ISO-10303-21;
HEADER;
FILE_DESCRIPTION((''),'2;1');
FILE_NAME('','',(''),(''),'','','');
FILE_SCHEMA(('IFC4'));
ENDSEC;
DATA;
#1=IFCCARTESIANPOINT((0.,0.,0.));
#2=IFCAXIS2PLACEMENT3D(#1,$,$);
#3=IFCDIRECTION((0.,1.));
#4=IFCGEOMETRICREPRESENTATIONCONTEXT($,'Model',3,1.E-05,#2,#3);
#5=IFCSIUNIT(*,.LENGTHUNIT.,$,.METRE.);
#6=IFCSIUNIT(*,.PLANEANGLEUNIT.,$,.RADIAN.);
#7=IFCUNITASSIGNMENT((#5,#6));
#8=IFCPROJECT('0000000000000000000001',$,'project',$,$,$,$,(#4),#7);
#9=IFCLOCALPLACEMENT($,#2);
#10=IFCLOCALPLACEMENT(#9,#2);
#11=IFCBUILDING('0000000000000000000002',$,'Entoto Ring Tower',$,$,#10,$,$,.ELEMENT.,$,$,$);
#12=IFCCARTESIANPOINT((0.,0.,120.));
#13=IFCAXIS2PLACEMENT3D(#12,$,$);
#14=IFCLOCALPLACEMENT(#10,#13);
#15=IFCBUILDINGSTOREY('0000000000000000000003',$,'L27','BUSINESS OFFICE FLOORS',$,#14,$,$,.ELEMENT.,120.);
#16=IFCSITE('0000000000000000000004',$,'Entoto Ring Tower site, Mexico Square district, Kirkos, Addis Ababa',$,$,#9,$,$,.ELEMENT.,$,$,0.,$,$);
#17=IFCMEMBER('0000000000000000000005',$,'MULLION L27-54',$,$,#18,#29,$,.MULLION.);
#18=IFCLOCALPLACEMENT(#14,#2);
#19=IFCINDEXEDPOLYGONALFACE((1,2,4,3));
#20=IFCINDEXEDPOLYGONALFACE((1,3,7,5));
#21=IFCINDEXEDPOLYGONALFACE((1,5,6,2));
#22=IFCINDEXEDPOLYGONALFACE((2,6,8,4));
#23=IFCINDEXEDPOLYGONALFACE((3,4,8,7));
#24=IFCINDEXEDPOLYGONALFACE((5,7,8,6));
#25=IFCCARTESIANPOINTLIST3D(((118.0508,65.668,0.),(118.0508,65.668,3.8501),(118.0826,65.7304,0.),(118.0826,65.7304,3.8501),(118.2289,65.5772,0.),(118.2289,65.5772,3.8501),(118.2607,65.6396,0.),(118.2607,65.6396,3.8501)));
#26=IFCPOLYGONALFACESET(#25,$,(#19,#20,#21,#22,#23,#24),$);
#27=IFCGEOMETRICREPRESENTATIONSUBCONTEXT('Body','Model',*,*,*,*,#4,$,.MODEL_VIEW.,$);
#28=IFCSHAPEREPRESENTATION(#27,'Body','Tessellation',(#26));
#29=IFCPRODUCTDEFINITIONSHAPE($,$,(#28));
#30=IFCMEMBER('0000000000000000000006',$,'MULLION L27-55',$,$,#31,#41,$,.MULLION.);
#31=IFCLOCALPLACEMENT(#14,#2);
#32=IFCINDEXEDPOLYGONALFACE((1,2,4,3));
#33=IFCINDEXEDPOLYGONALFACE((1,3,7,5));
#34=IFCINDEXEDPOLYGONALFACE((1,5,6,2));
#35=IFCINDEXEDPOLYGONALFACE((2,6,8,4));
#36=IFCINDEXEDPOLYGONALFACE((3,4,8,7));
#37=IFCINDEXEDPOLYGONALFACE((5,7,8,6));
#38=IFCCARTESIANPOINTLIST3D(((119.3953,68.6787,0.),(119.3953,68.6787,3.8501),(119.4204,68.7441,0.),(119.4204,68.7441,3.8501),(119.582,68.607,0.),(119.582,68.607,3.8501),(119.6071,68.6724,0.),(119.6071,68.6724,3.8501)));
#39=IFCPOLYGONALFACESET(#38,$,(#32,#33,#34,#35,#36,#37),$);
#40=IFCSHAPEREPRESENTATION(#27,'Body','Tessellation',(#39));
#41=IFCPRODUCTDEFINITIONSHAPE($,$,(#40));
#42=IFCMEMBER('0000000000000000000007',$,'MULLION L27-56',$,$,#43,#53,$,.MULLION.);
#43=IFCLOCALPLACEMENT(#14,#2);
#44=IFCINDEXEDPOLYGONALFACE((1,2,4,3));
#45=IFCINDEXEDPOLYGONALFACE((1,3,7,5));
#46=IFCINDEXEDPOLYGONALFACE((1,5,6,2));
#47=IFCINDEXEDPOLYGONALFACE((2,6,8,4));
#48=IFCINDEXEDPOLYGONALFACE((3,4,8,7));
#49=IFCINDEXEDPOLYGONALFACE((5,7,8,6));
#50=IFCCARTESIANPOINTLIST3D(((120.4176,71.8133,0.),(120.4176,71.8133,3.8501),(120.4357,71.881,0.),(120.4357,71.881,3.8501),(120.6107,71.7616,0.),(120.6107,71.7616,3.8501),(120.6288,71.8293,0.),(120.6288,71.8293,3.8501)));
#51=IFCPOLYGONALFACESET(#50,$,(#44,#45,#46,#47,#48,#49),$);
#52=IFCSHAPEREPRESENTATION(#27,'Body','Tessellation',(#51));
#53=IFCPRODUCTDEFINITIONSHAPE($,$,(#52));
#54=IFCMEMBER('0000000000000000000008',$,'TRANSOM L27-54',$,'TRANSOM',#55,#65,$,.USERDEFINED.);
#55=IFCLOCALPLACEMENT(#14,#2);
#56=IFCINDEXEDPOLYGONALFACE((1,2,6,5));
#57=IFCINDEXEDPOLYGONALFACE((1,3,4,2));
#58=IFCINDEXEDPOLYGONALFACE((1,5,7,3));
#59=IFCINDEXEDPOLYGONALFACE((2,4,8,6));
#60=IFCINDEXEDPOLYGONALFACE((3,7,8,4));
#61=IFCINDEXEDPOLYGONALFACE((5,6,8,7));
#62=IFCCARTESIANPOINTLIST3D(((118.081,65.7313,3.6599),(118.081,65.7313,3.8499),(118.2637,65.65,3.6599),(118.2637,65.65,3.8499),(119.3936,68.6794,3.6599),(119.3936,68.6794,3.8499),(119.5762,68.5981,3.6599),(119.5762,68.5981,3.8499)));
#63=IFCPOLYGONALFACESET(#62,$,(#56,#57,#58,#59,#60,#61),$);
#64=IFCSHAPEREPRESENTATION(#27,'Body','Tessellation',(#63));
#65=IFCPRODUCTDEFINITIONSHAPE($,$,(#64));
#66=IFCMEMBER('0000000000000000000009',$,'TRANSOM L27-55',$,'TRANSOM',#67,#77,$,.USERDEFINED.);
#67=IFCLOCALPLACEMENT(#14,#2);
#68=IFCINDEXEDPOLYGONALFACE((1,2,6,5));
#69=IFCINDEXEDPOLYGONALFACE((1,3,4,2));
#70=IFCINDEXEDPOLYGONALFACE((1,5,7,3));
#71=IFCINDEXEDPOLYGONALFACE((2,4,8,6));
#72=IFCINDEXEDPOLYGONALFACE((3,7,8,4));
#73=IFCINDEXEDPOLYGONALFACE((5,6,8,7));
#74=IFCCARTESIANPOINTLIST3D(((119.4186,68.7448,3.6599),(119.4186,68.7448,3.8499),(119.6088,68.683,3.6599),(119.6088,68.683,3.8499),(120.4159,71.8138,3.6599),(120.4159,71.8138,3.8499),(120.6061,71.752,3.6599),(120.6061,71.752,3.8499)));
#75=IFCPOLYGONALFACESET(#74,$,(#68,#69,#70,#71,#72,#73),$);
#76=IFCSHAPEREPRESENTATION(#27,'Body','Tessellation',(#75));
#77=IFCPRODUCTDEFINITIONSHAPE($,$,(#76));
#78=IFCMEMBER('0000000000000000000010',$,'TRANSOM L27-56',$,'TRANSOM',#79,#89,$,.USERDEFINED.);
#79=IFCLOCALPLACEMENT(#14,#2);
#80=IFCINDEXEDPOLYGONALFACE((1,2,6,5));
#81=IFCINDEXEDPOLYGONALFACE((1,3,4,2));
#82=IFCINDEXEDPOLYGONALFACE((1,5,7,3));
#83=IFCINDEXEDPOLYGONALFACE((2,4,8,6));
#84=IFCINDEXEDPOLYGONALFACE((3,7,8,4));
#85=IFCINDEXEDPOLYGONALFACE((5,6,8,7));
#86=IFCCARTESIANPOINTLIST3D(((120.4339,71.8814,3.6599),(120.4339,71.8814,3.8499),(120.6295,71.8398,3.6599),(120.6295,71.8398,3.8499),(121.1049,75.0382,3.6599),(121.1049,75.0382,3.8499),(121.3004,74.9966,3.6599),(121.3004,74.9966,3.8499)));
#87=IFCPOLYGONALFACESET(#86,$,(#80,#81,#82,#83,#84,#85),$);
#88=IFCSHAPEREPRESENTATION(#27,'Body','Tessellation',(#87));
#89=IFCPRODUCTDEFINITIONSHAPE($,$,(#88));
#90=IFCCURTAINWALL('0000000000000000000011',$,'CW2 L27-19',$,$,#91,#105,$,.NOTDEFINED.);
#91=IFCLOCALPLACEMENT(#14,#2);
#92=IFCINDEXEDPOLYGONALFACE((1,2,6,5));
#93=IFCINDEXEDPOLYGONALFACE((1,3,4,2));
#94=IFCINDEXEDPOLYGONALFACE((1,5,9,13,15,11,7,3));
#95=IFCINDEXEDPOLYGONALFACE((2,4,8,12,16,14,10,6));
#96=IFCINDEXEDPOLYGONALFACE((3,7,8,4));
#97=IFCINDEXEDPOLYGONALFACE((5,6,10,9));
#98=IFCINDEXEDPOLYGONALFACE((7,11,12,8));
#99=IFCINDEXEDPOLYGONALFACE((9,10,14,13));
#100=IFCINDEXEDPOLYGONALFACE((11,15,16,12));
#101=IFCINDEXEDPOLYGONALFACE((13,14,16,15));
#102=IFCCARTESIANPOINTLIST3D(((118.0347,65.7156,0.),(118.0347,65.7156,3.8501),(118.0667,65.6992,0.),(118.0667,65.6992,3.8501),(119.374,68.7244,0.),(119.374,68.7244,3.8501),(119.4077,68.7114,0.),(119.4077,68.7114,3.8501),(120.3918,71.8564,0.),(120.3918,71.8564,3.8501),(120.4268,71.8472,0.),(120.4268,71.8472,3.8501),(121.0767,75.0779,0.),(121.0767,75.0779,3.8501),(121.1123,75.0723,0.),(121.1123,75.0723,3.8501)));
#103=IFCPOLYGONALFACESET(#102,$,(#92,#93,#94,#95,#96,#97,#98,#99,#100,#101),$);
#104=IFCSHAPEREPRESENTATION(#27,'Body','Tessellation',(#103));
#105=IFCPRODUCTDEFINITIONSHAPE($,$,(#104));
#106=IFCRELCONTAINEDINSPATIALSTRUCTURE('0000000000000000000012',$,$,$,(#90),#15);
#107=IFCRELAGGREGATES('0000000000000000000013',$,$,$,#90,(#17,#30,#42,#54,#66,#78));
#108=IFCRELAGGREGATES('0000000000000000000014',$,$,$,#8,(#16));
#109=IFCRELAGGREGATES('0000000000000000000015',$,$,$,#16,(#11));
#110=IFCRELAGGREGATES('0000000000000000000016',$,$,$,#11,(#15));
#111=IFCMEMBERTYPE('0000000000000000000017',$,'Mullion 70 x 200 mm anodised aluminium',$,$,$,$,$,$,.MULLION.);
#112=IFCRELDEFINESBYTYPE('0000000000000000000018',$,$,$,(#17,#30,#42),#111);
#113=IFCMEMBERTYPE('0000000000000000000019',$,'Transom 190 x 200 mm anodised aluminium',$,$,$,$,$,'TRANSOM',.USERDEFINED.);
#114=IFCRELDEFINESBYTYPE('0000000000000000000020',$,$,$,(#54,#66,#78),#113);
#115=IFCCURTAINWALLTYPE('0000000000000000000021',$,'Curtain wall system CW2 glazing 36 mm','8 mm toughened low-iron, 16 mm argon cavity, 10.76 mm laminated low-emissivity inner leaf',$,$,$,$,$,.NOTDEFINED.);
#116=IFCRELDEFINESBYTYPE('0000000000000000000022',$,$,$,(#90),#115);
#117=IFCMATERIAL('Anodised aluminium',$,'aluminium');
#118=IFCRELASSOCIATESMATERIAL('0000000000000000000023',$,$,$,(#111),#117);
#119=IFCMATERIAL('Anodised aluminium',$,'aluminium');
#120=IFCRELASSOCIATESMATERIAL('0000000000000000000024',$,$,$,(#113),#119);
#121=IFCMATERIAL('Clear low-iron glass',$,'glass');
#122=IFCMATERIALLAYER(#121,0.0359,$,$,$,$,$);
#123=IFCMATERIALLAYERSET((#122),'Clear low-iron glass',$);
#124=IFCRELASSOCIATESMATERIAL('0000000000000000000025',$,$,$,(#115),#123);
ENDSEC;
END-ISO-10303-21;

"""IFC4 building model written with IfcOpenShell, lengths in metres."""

from ifc_helpers import new_model, si_unit, direction, frame, origin, origin_2d, place, context, subcontext, project, spatial, polyline, rectangle, outline, extrude, material, layer, layer_set, material_profile, profile_set, type_object, element, aggregate, save


model = new_model("IFC4")

# Units and contexts
model_context = context("Model", 3, precision=1e-05, world=origin(), true_north=direction((0.0, 1.0)))
body_context = subcontext(model_context, "Body", "Model", "MODEL_VIEW")
ifc_project = project(units=[si_unit("LENGTHUNIT", "METRE"), si_unit("PLANEANGLEUNIT", "RADIAN")], contexts=[model_context])

# Members
ifc_material_1 = material(Name="Anodised aluminium", Category="aluminium")
ifc_material_profile_1 = material_profile(ifc_material_1, rectangle(XDim=0.0701, YDim=0.2, at=origin_2d()), Name="Mullion 70 x 200 mm anodised aluminium")
ifc_profile_set_1 = profile_set([ifc_material_profile_1], Name="Anodised aluminium")
member_type_1 = type_object("IfcMemberType", Name="Mullion 70 x 200 mm anodised aluminium", PredefinedType="MULLION", material=ifc_profile_set_1)
site_placement = place(None, origin())
building_placement = place(site_placement, origin())
storey_placement = place(building_placement, frame((0.0, 0.0, 120.0)))
member_1_placement = place(storey_placement, frame((118.1558, 65.6538, 0.0), z_axis=(0.0, 0.0, 1.0), x_axis=(0.45399, 0.891007, 0.0)))
member_1 = element("IfcMember", 1, at=member_1_placement, type_object=member_type_1, Name="MULLION L27-54", PredefinedType="MULLION", context=body_context, shape_type="SweptSolid", body=[
    extrude(rectangle(XDim=0.0701, YDim=0.2, at=origin_2d()), origin(), (0.0, 0.0, 1.0), 3.8501),
])
member_2_placement = place(storey_placement, frame((119.5012, 68.6755, 0.0), z_axis=(0.0, 0.0, 1.0), x_axis=(0.358368, 0.93358, 0.0)))
member_2 = element("IfcMember", 2, at=member_2_placement, type_object=member_type_1, Name="MULLION L27-55", PredefinedType="MULLION", context=body_context, shape_type="SweptSolid", body=[
    extrude(rectangle(XDim=0.0701, YDim=0.2, at=origin_2d()), origin(), (0.0, 0.0, 1.0), 3.8501),
])
member_3_placement = place(storey_placement, frame((120.5232, 71.8213, 0.0), z_axis=(0.0, 0.0, 1.0), x_axis=(0.258819, 0.965926, 0.0)))
member_3 = element("IfcMember", 3, at=member_3_placement, type_object=member_type_1, Name="MULLION L27-56", PredefinedType="MULLION", context=body_context, shape_type="SweptSolid", body=[
    extrude(rectangle(XDim=0.0701, YDim=0.2, at=origin_2d()), origin(), (0.0, 0.0, 1.0), 3.8501),
])
ifc_material_2 = material(Name="Anodised aluminium", Category="aluminium")
ifc_material_profile_2 = material_profile(ifc_material_2, rectangle(XDim=0.2, YDim=0.1899, at=origin_2d()), Name="Transom 190 x 200 mm anodised aluminium")
ifc_profile_set_2 = profile_set([ifc_material_profile_2], Name="Anodised aluminium")
member_type_2 = type_object("IfcMemberType", Name="Transom 190 x 200 mm anodised aluminium", ElementType="TRANSOM", PredefinedType="USERDEFINED", material=ifc_profile_set_2)
member_4_placement = place(storey_placement, frame((118.1724, 65.6907, 3.7549), z_axis=(0.406728, 0.913549, 0.0), x_axis=(-0.913549, 0.406728, 0.0)))
member_4 = element("IfcMember", 4, at=member_4_placement, type_object=member_type_2, Name="TRANSOM L27-54", ObjectType="TRANSOM", PredefinedType="USERDEFINED", context=body_context, shape_type="SweptSolid", body=[
    extrude(rectangle(XDim=0.2, YDim=0.1899, at=origin_2d()), origin(), (0.0, 0.0, 1.0), 3.2271),
])
member_5_placement = place(storey_placement, frame((119.5137, 68.7139, 3.7549), z_axis=(0.309047, 0.951047, 0.0), x_axis=(-0.951047, 0.309047, 0.0)))
member_5 = element("IfcMember", 5, at=member_5_placement, type_object=member_type_2, Name="TRANSOM L27-55", ObjectType="TRANSOM", PredefinedType="USERDEFINED", context=body_context, shape_type="SweptSolid", body=[
    extrude(rectangle(XDim=0.2, YDim=0.1899, at=origin_2d()), origin(), (0.0, 0.0, 1.0), 3.2271),
])
member_6_placement = place(storey_placement, frame((120.5317, 71.8606, 3.7549), z_axis=(0.207886, 0.978153, 0.0), x_axis=(-0.978153, 0.207886, 0.0)))
member_6 = element("IfcMember", 6, at=member_6_placement, type_object=member_type_2, Name="TRANSOM L27-56", ObjectType="TRANSOM", PredefinedType="USERDEFINED", context=body_context, shape_type="SweptSolid", body=[
    extrude(rectangle(XDim=0.2, YDim=0.1899, at=origin_2d()), origin(), (0.0, 0.0, 1.0), 3.2273),
])

# Site, building, storey
site = spatial("IfcSite", under=ifc_project, at=site_placement, Name="Entoto Ring Tower site, Mexico Square district, Kirkos, Addis Ababa", CompositionType="ELEMENT", RefElevation=0.0)
building = spatial("IfcBuilding", under=site, at=building_placement, Name="Entoto Ring Tower", CompositionType="ELEMENT")
storey = spatial("IfcBuildingStorey", under=building, at=storey_placement, Name="L27", Description="BUSINESS OFFICE FLOORS", CompositionType="ELEMENT", Elevation=120.0)

# Curtain wall
ifc_material_3 = material(Name="Clear low-iron glass", Category="glass")
ifc_layer_1 = layer(ifc_material_3, 0.0359)
ifc_layer_set_1 = layer_set([ifc_layer_1], Name="Clear low-iron glass")
curtain_wall_type = type_object("IfcCurtainWallType", Name="Curtain wall system CW2 glazing 36 mm", Description="8 mm toughened low-iron, 16 mm argon cavity, 10.76 mm laminated low-emissivity inner leaf", PredefinedType="NOTDEFINED", material=ifc_layer_set_1)
curtain_wall_1_placement = place(storey_placement, origin())
curtain_wall_1 = element("IfcCurtainWall", 7, at=curtain_wall_1_placement, inside=storey, type_object=curtain_wall_type, Name="CW2 L27-19", PredefinedType="NOTDEFINED", context=body_context, shape_type="SweptSolid", body=[
    extrude(outline(polyline([(118.0667, 65.6992), (119.4077, 68.7114), (120.4268, 71.8472), (121.1123, 75.0723), (121.0767, 75.0779), (120.3918, 71.8564), (119.374, 68.7244), (118.0347, 65.7156), (118.0667, 65.6992)])), origin(), (0.0, 0.0, 1.0), 3.8501),
])
aggregate(curtain_wall_1, [member_1, member_2, member_3, member_4, member_5, member_6])

save(model, "model.ifc")
